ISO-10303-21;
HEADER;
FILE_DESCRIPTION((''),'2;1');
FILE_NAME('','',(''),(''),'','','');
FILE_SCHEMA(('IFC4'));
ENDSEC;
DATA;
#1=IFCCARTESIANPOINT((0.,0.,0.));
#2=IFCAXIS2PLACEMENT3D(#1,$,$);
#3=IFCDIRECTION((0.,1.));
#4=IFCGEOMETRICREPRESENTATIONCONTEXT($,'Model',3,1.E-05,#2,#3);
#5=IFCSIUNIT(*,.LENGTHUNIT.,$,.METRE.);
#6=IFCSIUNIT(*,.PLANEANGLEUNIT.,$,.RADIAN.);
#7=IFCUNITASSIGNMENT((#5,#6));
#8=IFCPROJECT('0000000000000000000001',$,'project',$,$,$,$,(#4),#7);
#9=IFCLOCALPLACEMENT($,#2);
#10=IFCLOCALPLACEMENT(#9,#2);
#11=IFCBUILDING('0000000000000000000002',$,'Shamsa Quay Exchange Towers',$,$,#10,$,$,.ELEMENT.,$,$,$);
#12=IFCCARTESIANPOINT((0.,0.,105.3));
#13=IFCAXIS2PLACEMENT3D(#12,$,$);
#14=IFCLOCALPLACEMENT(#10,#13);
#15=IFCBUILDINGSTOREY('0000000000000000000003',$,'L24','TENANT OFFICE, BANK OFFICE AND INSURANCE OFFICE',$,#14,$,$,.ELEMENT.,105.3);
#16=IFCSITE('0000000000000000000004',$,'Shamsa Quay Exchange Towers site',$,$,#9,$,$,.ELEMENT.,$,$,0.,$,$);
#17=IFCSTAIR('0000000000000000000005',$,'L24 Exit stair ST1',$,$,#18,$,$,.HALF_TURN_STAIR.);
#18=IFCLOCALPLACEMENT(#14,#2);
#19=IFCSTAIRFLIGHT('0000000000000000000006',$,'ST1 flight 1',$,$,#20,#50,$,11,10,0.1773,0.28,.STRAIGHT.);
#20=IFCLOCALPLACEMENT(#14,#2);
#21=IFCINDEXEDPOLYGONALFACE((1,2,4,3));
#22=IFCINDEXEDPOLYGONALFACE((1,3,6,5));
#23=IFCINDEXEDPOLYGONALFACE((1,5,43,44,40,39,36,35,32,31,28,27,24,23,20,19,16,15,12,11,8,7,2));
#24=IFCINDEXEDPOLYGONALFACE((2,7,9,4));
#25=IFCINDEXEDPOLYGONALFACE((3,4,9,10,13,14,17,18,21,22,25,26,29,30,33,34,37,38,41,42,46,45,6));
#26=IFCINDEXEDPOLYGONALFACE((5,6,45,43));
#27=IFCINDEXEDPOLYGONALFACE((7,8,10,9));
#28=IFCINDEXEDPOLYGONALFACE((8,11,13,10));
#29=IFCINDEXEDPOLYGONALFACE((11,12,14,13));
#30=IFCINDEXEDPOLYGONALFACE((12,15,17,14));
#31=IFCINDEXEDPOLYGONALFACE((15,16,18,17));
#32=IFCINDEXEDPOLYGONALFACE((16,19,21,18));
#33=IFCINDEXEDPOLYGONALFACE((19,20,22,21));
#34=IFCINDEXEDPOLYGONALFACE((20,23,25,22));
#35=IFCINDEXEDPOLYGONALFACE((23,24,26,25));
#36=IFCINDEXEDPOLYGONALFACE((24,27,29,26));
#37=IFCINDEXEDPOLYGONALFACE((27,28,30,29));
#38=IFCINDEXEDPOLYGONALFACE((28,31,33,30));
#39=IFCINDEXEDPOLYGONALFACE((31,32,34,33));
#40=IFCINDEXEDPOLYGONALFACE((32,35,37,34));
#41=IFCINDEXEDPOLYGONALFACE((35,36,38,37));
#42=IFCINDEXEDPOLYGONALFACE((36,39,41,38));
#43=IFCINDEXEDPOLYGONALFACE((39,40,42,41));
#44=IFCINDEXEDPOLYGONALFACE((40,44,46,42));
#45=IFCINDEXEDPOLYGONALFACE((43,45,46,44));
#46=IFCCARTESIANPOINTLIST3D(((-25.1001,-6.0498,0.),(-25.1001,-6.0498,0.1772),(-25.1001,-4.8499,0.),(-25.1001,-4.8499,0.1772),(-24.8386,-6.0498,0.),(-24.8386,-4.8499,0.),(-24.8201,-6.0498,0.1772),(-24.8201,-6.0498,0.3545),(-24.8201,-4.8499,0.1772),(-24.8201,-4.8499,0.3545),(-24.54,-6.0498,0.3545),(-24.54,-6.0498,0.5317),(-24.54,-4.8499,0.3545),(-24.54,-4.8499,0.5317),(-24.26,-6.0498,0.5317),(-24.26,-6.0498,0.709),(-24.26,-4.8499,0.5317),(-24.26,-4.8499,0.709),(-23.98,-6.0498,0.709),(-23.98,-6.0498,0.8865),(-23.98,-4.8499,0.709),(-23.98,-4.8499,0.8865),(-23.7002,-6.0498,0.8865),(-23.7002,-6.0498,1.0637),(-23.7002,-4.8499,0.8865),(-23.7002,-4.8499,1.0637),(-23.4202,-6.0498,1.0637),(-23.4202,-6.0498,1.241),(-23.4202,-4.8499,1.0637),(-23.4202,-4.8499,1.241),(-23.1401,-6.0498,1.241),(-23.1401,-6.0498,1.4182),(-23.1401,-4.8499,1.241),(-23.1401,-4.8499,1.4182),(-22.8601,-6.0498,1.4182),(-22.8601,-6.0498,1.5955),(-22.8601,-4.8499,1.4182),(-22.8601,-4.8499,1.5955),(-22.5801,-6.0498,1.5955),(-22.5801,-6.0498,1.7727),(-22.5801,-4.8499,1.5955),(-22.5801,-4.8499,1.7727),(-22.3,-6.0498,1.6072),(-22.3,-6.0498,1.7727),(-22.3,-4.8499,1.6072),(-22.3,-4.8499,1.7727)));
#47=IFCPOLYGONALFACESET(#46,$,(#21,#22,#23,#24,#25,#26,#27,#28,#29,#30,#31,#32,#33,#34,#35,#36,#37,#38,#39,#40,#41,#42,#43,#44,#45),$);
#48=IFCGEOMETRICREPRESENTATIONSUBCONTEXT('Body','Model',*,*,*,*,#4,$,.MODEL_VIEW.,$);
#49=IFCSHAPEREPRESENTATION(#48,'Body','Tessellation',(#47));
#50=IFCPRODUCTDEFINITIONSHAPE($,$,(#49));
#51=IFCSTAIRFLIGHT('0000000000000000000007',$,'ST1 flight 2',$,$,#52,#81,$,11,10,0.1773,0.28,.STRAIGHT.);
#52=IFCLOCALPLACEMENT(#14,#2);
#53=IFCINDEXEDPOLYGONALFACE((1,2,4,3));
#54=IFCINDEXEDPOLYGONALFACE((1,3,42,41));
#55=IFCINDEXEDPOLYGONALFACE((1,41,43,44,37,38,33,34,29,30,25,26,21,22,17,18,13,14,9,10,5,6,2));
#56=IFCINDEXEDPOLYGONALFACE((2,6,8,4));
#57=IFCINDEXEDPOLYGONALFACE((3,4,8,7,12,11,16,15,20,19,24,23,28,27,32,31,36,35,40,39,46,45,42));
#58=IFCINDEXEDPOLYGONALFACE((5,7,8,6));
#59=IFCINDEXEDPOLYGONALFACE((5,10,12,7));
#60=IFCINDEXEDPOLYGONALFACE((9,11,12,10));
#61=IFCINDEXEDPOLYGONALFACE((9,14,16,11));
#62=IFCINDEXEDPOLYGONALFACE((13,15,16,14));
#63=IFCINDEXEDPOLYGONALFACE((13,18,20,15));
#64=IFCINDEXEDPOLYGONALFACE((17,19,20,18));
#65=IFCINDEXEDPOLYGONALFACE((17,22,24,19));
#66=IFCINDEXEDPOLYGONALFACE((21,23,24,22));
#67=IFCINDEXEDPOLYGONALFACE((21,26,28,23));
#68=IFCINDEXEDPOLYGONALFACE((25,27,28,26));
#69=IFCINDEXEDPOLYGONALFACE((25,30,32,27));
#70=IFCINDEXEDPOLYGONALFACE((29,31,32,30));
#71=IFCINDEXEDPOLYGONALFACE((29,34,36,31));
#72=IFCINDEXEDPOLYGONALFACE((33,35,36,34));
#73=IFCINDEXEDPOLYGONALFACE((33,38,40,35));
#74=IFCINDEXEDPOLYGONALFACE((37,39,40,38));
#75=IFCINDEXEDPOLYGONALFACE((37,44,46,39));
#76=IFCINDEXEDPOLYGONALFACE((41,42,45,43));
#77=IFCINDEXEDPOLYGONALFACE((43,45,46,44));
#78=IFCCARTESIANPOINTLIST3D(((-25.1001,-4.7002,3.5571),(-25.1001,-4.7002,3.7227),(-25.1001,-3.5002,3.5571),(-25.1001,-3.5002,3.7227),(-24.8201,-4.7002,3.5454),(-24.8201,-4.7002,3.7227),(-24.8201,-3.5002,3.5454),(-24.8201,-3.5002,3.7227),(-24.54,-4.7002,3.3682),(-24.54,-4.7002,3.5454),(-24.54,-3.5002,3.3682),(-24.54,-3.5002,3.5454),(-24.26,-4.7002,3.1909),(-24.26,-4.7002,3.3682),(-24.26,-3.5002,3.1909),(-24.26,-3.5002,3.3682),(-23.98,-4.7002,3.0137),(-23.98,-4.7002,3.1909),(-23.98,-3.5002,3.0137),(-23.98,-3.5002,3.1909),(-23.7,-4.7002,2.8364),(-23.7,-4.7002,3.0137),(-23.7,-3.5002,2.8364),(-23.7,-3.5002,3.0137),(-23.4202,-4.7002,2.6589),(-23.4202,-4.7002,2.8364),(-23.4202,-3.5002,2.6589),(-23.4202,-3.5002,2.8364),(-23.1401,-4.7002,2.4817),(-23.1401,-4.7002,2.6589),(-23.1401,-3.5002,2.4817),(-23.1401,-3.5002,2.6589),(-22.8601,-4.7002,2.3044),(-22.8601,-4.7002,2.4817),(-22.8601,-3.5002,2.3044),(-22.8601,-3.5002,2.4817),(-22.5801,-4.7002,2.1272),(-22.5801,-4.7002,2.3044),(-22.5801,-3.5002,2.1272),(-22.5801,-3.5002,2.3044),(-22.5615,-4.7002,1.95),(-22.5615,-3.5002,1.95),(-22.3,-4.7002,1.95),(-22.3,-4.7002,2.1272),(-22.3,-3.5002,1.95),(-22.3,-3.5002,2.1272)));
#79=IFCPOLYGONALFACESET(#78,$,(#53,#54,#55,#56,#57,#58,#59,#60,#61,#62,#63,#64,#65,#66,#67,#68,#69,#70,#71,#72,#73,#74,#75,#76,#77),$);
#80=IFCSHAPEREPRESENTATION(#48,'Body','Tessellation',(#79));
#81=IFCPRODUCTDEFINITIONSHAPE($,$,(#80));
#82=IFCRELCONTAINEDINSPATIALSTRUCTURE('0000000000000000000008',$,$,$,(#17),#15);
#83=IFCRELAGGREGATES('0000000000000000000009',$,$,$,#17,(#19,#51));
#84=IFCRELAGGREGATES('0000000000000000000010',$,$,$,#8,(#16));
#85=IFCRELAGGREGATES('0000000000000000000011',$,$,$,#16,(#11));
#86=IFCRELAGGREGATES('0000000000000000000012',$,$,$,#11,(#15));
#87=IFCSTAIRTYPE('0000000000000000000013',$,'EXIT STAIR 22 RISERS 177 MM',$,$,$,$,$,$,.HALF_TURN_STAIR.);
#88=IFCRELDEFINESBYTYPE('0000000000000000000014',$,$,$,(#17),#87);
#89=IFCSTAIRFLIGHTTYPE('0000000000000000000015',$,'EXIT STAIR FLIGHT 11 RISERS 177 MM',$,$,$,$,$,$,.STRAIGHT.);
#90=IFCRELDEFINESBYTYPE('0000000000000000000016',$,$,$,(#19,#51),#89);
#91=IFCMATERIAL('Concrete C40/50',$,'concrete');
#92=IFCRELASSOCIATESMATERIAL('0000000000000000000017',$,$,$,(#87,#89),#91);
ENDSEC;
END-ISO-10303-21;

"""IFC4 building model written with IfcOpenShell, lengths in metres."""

from ifc_helpers import new_model, si_unit, direction, frame, origin, place, context, subcontext, project, spatial, polyline, outline, extrude, material, type_object, element, aggregate, save


model = new_model("IFC4")

# Units and contexts
model_context = context("Model", 3, precision=1e-05, world=origin(), true_north=direction((0.0, 1.0)))
body_context = subcontext(model_context, "Body", "Model", "MODEL_VIEW")
ifc_project = project(units=[si_unit("LENGTHUNIT", "METRE"), si_unit("PLANEANGLEUNIT", "RADIAN")], contexts=[model_context])

# Site, building, storey
site_placement = place(None, origin())
site = spatial("IfcSite", under=ifc_project, at=site_placement, Name="Shamsa Quay Exchange Towers site", CompositionType="ELEMENT", RefElevation=0.0)
building_placement = place(site_placement, origin())
building = spatial("IfcBuilding", under=site, at=building_placement, Name="Shamsa Quay Exchange Towers", CompositionType="ELEMENT")
storey_placement = place(building_placement, frame((0.0, 0.0, 105.3)))
storey = spatial("IfcBuildingStorey", under=building, at=storey_placement, Name="L24", Description="TENANT OFFICE, BANK OFFICE AND INSURANCE OFFICE", CompositionType="ELEMENT", Elevation=105.3)

# Stair, stair flights
ifc_material_1 = material(Name="Concrete C40/50", Category="concrete")
stair_type = type_object("IfcStairType", Name="EXIT STAIR 22 RISERS 177 MM", PredefinedType="HALF_TURN_STAIR", material=ifc_material_1)
stair_placement = place(storey_placement, origin())
stair = element("IfcStair", 1, at=stair_placement, inside=storey, type_object=stair_type, Name="L24 Exit stair ST1", PredefinedType="HALF_TURN_STAIR")
stair_flight_type = type_object("IfcStairFlightType", Name="EXIT STAIR FLIGHT 11 RISERS 177 MM", PredefinedType="STRAIGHT", material=ifc_material_1)
stair_flight_1_placement = place(storey_placement, frame((-25.1001, -5.45, 0.0)))
stair_flight_1 = element("IfcStairFlight", 2, at=stair_flight_1_placement, type_object=stair_flight_type, Name="ST1 flight 1", NumberOfRisers=11, NumberOfTreads=10, PredefinedType="STRAIGHT", RiserHeight=0.1773, TreadLength=0.28, context=body_context, shape_type="SweptSolid", body=[
    extrude(outline(polyline([(0.0, 0.0), (0.0, 0.1772), (0.28, 0.1772), (0.28, 0.3545), (0.5601, 0.3545), (0.5601, 0.5317), (0.8401, 0.5317), (0.8401, 0.709), (1.1201, 0.709), (1.1201, 0.8865), (1.3999, 0.8865), (1.3999, 1.0637), (1.6799, 1.0637), (1.6799, 1.241), (1.96, 1.241), (1.96, 1.4182), (2.24, 1.4182), (2.24, 1.5955), (2.52, 1.5955), (2.52, 1.7727), (2.8, 1.7727), (2.8, 1.95), (2.8, 1.6072), (0.2615, 0.0), (0.0, 0.0)])), frame((0.0, 0.6001, 0.0), z_axis=(0.0, -1.0, 0.0), x_axis=(1.0, 0.0, 0.0)), (0.0, 0.0, 1.0), 1.2),
])
stair_flight_2_placement = place(storey_placement, frame((-22.3, -4.1001, 1.95), z_axis=(0.0, 0.0, 1.0), x_axis=(-1.0, 0.0, 0.0)))
stair_flight_2 = element("IfcStairFlight", 3, at=stair_flight_2_placement, type_object=stair_flight_type, Name="ST1 flight 2", NumberOfRisers=11, NumberOfTreads=10, PredefinedType="STRAIGHT", RiserHeight=0.1773, TreadLength=0.28, context=body_context, shape_type="SweptSolid", body=[
    extrude(outline(polyline([(0.0, 0.0), (0.0, 0.1772), (0.28, 0.1772), (0.28, 0.3545), (0.5601, 0.3545), (0.5601, 0.5317), (0.8401, 0.5317), (0.8401, 0.709), (1.1201, 0.709), (1.1201, 0.8865), (1.3999, 0.8865), (1.3999, 1.0637), (1.6799, 1.0637), (1.6799, 1.241), (1.96, 1.241), (1.96, 1.4182), (2.24, 1.4182), (2.24, 1.5955), (2.52, 1.5955), (2.52, 1.7727), (2.8, 1.7727), (2.8, 1.95), (2.8, 1.6072), (0.2615, 0.0), (0.0, 0.0)])), frame((0.0, 0.6001, 0.0), z_axis=(0.0, -1.0, 0.0), x_axis=(1.0, 0.0, 0.0)), (0.0, 0.0, 1.0), 1.2),
])
aggregate(stair, [stair_flight_1, stair_flight_2])

save(model, "model.ifc")
